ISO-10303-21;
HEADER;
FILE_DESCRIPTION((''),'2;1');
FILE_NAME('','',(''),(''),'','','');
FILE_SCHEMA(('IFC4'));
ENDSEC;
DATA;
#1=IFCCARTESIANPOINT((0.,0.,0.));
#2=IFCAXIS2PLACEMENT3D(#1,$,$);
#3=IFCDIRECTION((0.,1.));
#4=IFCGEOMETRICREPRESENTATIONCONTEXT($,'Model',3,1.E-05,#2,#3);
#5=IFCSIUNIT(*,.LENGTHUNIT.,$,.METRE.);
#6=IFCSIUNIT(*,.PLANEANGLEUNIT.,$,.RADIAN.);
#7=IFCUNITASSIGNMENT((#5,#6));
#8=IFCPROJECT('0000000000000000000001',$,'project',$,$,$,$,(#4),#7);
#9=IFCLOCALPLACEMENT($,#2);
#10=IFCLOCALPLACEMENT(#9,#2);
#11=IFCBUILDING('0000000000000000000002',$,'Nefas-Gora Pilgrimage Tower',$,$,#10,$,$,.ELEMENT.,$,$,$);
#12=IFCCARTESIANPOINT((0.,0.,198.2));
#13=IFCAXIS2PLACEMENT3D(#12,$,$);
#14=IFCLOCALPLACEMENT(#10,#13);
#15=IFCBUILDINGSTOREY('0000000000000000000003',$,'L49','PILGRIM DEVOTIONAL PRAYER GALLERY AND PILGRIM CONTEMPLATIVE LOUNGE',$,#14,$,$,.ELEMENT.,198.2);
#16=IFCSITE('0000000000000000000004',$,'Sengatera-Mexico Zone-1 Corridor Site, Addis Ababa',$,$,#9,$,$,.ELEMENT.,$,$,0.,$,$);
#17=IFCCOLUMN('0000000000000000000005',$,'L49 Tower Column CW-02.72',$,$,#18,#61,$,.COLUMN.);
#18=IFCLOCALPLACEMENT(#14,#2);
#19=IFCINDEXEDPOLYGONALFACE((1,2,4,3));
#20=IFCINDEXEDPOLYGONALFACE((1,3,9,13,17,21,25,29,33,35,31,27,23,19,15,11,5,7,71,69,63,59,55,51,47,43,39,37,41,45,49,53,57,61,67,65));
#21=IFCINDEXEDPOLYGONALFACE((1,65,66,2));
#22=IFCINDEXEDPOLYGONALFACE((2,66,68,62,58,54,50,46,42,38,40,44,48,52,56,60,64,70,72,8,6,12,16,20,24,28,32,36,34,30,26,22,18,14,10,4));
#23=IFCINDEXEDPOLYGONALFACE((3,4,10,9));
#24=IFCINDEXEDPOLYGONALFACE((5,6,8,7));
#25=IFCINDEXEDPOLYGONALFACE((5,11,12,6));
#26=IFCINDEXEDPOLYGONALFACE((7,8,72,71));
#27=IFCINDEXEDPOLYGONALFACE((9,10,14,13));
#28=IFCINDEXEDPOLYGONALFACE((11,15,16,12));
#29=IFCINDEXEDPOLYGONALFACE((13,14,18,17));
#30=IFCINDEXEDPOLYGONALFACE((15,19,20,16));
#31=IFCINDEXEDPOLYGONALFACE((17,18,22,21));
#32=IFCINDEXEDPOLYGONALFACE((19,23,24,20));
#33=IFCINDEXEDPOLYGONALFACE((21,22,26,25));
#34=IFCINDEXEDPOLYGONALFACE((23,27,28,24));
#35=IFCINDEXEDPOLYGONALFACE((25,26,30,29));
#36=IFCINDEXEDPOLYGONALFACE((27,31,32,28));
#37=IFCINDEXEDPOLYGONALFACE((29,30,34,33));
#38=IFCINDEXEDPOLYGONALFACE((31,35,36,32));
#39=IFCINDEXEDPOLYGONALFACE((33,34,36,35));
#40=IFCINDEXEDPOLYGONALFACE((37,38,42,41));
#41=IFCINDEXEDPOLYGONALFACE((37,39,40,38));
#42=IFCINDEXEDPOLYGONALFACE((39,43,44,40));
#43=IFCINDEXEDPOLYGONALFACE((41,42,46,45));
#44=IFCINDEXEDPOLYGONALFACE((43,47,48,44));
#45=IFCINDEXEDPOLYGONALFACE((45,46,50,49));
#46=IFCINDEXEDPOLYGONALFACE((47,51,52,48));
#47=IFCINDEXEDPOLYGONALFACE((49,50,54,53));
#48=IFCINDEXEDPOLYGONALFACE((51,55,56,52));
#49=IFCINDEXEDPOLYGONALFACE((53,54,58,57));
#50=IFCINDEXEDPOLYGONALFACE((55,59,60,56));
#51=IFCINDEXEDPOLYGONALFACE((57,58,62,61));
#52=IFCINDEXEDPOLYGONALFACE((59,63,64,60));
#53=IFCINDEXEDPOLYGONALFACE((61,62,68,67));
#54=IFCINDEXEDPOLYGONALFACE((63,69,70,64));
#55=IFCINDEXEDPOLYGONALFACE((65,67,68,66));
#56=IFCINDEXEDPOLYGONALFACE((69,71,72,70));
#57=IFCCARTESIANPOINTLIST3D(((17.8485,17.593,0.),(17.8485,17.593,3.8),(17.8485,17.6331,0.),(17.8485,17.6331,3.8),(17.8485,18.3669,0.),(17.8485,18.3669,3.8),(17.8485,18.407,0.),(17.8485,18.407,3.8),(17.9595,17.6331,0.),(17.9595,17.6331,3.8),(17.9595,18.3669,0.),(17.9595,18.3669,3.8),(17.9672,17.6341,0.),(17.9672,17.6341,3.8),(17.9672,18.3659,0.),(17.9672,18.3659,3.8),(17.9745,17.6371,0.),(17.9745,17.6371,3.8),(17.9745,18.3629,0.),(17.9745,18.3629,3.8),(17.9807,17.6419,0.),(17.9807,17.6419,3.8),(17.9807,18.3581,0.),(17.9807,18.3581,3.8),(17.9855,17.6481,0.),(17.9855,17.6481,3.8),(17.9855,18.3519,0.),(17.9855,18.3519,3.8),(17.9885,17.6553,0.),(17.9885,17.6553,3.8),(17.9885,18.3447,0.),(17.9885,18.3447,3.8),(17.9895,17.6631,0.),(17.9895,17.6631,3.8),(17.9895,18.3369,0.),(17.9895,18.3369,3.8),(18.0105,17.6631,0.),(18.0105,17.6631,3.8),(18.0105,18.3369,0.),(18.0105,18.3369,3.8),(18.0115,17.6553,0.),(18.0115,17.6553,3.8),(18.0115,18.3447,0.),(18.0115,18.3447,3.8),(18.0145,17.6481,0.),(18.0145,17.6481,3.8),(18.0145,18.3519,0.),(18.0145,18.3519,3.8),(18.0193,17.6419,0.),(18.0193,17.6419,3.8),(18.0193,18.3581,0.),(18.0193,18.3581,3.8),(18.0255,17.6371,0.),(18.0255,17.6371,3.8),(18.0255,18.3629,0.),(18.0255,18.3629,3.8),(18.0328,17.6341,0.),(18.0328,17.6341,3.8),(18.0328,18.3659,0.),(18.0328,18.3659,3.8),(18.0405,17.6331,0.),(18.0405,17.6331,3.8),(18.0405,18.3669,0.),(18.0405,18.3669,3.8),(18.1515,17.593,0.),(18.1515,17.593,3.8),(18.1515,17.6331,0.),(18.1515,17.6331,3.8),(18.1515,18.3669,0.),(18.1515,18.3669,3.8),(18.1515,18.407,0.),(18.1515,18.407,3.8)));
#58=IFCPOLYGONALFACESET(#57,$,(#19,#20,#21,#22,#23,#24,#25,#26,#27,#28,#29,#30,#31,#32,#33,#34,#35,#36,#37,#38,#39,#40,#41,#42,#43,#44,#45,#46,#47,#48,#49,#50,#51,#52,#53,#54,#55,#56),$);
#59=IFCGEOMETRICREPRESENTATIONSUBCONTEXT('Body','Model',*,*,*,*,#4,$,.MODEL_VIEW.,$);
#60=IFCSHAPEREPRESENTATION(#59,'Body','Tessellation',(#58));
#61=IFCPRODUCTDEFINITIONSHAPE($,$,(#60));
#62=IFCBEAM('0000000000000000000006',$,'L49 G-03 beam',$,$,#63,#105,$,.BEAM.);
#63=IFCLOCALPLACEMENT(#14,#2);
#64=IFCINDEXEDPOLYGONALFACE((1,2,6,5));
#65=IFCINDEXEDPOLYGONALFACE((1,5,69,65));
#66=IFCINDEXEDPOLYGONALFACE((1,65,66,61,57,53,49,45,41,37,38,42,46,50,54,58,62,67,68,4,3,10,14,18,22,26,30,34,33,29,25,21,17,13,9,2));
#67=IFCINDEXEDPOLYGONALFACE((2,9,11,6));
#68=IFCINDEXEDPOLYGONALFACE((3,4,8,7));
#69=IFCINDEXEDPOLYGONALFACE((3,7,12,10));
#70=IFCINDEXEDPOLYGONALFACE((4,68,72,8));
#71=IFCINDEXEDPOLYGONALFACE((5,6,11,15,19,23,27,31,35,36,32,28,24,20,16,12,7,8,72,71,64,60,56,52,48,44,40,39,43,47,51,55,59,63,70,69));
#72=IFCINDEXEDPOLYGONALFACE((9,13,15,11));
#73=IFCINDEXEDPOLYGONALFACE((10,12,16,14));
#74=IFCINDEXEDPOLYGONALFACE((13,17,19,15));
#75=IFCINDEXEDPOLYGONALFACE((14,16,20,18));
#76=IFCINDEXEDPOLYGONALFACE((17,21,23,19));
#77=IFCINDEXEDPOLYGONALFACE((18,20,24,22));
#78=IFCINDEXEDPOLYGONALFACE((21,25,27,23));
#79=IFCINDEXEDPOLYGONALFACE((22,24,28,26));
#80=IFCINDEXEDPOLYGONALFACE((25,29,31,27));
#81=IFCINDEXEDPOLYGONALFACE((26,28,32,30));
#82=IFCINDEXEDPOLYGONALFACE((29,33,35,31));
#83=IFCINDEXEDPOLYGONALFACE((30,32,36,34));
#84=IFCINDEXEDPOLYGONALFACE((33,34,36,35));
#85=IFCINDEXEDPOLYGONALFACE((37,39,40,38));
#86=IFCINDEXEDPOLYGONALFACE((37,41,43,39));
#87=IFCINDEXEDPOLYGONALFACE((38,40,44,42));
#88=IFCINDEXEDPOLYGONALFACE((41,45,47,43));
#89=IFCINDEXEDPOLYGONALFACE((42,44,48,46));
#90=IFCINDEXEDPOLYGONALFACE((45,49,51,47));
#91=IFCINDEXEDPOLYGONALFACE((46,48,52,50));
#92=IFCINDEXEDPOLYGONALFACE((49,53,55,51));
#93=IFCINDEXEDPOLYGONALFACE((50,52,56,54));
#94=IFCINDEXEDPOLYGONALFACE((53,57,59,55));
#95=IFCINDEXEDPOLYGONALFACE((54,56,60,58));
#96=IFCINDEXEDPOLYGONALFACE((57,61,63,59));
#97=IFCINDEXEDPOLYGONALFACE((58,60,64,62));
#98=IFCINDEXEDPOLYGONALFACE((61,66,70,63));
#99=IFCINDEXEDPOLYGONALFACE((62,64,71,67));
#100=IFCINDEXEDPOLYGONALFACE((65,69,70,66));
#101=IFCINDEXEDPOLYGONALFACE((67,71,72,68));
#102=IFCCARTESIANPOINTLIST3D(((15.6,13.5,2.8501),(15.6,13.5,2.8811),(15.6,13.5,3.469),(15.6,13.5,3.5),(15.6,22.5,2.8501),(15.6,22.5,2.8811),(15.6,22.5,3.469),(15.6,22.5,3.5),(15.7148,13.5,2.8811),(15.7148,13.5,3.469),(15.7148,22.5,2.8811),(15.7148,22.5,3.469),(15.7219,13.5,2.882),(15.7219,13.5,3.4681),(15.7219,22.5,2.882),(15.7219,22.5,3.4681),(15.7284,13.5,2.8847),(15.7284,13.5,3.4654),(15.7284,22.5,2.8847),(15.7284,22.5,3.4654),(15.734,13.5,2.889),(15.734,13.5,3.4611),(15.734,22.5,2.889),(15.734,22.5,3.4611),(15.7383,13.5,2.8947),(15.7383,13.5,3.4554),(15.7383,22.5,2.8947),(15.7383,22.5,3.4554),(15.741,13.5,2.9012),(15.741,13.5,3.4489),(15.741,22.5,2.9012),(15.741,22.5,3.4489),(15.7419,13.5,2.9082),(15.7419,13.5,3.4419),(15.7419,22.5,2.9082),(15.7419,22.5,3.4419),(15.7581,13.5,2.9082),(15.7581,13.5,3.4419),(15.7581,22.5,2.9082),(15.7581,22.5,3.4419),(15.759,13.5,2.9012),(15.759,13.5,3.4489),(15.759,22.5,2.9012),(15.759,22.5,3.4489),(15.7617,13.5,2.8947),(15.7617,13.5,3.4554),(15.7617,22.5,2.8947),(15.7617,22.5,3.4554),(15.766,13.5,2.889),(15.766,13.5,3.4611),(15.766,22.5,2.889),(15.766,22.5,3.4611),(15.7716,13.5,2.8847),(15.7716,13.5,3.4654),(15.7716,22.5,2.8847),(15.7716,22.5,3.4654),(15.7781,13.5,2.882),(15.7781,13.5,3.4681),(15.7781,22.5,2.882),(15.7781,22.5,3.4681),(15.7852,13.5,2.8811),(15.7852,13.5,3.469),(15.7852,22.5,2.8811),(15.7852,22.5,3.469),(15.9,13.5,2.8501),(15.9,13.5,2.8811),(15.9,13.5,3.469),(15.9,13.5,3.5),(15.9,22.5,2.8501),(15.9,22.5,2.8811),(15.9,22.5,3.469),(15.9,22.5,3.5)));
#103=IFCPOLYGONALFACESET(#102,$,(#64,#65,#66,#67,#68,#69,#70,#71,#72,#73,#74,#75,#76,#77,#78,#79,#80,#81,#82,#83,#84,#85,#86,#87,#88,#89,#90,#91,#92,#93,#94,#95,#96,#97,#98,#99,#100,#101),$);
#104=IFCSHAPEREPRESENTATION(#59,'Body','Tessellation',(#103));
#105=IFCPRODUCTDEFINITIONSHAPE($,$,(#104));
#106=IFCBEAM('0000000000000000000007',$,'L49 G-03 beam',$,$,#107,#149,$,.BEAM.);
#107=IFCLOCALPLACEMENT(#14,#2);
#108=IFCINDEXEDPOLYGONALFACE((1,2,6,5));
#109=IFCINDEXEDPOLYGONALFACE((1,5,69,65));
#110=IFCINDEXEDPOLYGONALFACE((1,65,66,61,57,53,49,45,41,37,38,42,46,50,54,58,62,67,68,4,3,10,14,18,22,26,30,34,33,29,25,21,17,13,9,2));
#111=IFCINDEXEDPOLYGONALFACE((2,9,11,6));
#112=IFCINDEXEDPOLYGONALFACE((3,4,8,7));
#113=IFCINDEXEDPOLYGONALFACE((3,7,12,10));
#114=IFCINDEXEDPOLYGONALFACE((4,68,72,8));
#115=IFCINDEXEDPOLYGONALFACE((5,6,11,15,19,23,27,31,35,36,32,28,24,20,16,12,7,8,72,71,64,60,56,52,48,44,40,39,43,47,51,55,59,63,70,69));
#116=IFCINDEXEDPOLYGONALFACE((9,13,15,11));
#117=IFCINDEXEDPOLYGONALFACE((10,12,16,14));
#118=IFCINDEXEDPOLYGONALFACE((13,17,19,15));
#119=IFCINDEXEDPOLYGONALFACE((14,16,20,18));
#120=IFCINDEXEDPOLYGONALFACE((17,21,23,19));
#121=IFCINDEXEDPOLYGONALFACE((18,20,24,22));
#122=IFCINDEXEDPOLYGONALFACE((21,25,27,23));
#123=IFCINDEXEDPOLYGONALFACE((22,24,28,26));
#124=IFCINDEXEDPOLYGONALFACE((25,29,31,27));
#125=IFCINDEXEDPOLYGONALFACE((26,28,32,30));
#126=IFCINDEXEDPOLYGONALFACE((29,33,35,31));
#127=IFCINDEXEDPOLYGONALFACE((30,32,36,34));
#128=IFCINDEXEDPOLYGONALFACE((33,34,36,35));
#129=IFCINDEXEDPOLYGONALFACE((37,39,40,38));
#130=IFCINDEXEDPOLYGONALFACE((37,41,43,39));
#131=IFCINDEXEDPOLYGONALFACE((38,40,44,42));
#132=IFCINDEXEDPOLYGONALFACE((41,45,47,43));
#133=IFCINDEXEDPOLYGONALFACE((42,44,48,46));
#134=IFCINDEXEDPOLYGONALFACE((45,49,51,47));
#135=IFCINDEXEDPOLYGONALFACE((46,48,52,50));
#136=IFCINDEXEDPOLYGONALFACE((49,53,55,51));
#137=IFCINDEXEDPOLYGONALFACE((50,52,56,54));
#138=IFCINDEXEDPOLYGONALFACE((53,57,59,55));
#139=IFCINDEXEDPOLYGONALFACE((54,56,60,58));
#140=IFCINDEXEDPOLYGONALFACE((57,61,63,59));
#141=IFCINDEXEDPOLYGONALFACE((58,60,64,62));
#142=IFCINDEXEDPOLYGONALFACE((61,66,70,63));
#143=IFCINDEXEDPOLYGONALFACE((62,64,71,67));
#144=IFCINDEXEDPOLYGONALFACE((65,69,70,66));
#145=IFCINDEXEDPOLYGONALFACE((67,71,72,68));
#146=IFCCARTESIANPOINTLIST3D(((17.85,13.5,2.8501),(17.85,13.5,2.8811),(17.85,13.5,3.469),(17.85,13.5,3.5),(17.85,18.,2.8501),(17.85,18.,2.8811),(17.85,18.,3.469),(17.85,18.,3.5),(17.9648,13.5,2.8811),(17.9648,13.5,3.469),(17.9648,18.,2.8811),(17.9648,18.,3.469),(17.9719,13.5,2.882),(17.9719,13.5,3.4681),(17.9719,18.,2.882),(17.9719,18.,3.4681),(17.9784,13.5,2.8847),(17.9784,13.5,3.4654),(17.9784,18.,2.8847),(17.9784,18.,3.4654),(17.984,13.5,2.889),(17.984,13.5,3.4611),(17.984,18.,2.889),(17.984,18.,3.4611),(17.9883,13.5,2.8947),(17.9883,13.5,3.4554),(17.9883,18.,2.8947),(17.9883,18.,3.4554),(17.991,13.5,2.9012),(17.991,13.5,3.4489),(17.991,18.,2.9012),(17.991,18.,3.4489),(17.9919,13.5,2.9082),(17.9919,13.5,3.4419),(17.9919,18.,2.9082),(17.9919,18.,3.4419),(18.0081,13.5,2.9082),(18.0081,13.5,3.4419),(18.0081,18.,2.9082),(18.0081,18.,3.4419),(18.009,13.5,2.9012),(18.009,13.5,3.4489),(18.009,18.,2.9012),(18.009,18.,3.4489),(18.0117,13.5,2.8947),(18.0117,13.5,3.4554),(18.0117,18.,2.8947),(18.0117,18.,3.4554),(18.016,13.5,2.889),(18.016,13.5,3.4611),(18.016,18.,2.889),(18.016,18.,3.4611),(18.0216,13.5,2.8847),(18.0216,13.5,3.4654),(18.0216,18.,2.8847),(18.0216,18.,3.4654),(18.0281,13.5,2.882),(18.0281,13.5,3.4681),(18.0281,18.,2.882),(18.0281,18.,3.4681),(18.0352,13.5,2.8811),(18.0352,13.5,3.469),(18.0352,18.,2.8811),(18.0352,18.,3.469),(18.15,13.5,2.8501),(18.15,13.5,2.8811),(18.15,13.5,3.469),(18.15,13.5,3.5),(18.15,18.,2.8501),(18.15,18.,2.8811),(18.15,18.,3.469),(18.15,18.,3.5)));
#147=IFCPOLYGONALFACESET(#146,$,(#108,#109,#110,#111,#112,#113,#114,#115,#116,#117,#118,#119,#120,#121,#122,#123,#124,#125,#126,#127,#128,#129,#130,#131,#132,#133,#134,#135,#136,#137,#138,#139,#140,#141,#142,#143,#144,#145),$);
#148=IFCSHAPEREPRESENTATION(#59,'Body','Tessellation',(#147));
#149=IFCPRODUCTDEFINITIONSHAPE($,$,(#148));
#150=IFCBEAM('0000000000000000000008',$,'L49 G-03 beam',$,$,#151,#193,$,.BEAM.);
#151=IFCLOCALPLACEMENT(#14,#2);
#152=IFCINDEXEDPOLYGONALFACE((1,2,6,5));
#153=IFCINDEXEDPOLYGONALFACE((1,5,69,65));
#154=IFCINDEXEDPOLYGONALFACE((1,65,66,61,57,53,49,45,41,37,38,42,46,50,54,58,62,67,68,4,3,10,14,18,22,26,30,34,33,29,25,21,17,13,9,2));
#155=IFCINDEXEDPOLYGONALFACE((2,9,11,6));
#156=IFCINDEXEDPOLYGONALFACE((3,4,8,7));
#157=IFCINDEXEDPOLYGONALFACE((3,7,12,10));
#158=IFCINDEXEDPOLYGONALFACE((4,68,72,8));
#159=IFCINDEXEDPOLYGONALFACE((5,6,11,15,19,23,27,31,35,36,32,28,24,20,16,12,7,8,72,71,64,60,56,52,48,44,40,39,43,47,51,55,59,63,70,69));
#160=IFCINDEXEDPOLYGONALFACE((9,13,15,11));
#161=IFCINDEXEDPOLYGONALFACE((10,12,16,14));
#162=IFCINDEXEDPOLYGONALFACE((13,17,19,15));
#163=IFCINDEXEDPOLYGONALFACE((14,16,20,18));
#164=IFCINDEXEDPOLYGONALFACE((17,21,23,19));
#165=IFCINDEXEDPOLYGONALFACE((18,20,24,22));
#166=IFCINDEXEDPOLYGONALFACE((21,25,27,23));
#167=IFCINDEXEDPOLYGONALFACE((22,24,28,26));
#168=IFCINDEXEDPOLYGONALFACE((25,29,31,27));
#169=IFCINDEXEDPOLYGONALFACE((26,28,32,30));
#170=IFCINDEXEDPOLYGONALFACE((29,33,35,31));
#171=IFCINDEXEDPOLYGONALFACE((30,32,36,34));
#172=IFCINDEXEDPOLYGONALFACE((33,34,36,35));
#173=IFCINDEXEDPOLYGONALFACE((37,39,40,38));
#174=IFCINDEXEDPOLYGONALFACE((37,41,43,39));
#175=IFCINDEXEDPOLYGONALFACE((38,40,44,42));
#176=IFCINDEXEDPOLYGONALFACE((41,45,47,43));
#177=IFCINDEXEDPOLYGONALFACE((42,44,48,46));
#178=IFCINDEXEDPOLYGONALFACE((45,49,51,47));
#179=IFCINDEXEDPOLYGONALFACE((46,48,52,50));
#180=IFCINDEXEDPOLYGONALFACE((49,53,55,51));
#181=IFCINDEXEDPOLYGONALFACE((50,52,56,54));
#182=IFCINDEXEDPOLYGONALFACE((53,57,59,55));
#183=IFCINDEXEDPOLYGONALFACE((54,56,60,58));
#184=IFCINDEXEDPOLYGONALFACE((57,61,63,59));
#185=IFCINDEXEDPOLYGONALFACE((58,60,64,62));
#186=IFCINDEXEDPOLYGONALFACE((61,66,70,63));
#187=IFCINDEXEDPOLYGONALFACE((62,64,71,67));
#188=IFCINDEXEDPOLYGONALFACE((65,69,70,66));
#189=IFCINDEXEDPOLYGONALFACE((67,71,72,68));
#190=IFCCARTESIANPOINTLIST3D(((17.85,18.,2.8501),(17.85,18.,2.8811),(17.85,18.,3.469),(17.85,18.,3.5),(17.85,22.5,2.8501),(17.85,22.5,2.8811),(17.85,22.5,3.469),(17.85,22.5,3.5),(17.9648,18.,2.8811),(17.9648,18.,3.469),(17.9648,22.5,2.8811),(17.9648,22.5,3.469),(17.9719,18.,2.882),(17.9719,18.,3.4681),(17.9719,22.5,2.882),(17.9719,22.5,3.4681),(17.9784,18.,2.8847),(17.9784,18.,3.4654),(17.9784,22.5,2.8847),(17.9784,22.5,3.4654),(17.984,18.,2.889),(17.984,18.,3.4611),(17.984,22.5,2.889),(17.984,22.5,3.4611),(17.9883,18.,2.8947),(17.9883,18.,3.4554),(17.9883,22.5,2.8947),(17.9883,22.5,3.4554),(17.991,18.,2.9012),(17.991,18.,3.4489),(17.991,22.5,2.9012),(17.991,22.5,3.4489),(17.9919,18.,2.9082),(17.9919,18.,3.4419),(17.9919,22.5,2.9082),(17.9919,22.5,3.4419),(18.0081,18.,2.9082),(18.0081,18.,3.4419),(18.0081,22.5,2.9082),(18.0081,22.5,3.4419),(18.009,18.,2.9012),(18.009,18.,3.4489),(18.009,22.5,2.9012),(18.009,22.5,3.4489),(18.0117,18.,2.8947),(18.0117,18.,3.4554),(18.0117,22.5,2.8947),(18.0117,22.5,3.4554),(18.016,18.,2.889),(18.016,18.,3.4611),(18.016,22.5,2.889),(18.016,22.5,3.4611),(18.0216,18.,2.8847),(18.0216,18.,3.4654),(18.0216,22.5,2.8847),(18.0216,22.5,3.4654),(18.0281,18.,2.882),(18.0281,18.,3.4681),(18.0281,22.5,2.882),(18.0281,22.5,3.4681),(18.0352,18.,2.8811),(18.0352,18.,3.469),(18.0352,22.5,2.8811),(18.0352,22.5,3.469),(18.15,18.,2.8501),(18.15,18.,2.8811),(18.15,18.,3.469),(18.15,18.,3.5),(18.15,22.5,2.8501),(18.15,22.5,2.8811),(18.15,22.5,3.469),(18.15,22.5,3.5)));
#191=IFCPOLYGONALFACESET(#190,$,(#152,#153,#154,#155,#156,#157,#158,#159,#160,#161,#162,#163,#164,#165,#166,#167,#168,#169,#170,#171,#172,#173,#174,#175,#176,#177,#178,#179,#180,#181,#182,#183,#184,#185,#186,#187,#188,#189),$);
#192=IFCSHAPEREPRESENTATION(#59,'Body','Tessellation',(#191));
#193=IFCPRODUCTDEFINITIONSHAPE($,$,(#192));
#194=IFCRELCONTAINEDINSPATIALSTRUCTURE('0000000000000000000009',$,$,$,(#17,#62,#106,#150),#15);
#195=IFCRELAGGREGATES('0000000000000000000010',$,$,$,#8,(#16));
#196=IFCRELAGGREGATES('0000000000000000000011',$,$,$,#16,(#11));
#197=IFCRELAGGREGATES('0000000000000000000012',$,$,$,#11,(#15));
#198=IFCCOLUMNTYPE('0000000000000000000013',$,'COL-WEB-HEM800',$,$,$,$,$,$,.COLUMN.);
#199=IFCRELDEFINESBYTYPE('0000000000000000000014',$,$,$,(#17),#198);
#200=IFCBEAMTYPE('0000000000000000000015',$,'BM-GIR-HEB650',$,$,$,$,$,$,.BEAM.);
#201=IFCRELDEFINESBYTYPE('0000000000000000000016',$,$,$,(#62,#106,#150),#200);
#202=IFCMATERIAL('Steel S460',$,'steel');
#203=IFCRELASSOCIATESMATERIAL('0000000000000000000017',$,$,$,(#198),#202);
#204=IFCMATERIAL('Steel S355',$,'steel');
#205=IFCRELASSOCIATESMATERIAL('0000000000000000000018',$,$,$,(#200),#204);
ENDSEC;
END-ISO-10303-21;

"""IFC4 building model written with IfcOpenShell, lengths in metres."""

from ifc_helpers import new_model, si_unit, direction, frame, origin, origin_2d, place, context, subcontext, project, spatial, i_section, extrude, source, transform, mapped, material, material_profile, profile_set, type_object, element, save


model = new_model("IFC4")

# Units and contexts
model_context = context("Model", 3, precision=1e-05, world=origin(), true_north=direction((0.0, 1.0)))
body_context = subcontext(model_context, "Body", "Model", "MODEL_VIEW")
ifc_project = project(units=[si_unit("LENGTHUNIT", "METRE"), si_unit("PLANEANGLEUNIT", "RADIAN")], contexts=[model_context])

# Site, building, storey
site_placement = place(None, origin())
site = spatial("IfcSite", under=ifc_project, at=site_placement, Name="Sengatera-Mexico Zone-1 Corridor Site, Addis Ababa", CompositionType="ELEMENT", RefElevation=0.0)
building_placement = place(site_placement, origin())
building = spatial("IfcBuilding", under=site, at=building_placement, Name="Nefas-Gora Pilgrimage Tower", CompositionType="ELEMENT")
storey_placement = place(building_placement, frame((0.0, 0.0, 198.2)))
storey = spatial("IfcBuildingStorey", under=building, at=storey_placement, Name="L49", Description="PILGRIM DEVOTIONAL PRAYER GALLERY AND PILGRIM CONTEMPLATIVE LOUNGE", CompositionType="ELEMENT", Elevation=198.2)

# Column
ifc_material_1 = material(Name="Steel S460", Category="steel")
ifc_material_profile_1 = material_profile(ifc_material_1, i_section(OverallWidth=0.303, OverallDepth=0.814, WebThickness=0.021, FlangeThickness=0.04, FilletRadius=0.03, at=origin_2d()), Name="HEM 800")
ifc_profile_set_1 = profile_set([ifc_material_profile_1], Name="Steel S460")
column_type_1 = type_object("IfcColumnType", Name="COL-WEB-HEM800", PredefinedType="COLUMN", material=ifc_profile_set_1)
shared_shape_1 = source(origin(), body_context, "Body", "SweptSolid", [
    extrude(i_section(OverallWidth=0.303, OverallDepth=0.814, WebThickness=0.021, FlangeThickness=0.04, FilletRadius=0.03, at=origin_2d()), origin(), (0.0, 0.0, 1.0), 3.8),
])
for number, where, z_axis, x_axis, name in (
    (1, (18.0, 18.0, 0.0), (0.0, 0.0, 1.0), (1.0, 0.0, 0.0), "L49 Tower Column CW-02.72"),
):
    element("IfcColumn", number, at=place(storey_placement, frame(where, z_axis=z_axis, x_axis=x_axis)), inside=storey, type_object=column_type_1, Name=name, PredefinedType="COLUMN", context=body_context, shape_type="MappedRepresentation", body=[
        mapped(shared_shape_1, transform((0.0, 0.0, 0.0), x_axis=(1.0, 0.0, 0.0), y_axis=(0.0, 1.0, 0.0), z_axis=(0.0, 0.0, 1.0), scale=1.0)),
    ])

# Beams
ifc_material_2 = material(Name="Steel S355", Category="steel")
ifc_material_profile_2 = material_profile(ifc_material_2, i_section(OverallWidth=0.3, OverallDepth=0.6499, WebThickness=0.0161, FlangeThickness=0.031, FilletRadius=0.0271, at=origin_2d()), Name="HEB 650")
ifc_profile_set_2 = profile_set([ifc_material_profile_2], Name="Steel S355")
beam_type_1 = type_object("IfcBeamType", Name="BM-GIR-HEB650", PredefinedType="BEAM", material=ifc_profile_set_2)
shared_shape_2 = source(origin(), body_context, "Body", "SweptSolid", [
    extrude(i_section(OverallWidth=0.3, OverallDepth=0.6499, WebThickness=0.0161, FlangeThickness=0.031, FilletRadius=0.0271, at=origin_2d()), origin(), (0.0, 0.0, 1.0), 9.0),
])
beam_1_placement = place(storey_placement, frame((15.75, 13.5, 3.175), z_axis=(0.0, 1.0, 0.0), x_axis=(-1.0, 0.0, 0.0)))
element("IfcBeam", 2, at=beam_1_placement, inside=storey, type_object=beam_type_1, Name="L49 G-03 beam", PredefinedType="BEAM", context=body_context, shape_type="MappedRepresentation", body=[
    mapped(shared_shape_2, transform((0.0, 0.0, 0.0), x_axis=(1.0, 0.0, 0.0), y_axis=(0.0, 1.0, 0.0), z_axis=(0.0, 0.0, 1.0), scale=1.0)),
])
shared_shape_3 = source(origin(), body_context, "Body", "SweptSolid", [
    extrude(i_section(OverallWidth=0.3, OverallDepth=0.6499, WebThickness=0.0161, FlangeThickness=0.031, FilletRadius=0.0271, at=origin_2d()), origin(), (0.0, 0.0, 1.0), 4.5),
])
for number, where, z_axis, x_axis, name in (
    (3, (18.0, 13.5, 3.175), (0.0, 1.0, 0.0), (-1.0, 0.0, 0.0), "L49 G-03 beam"),
    (4, (18.0, 18.0, 3.175), (0.0, 1.0, 0.0), (-1.0, 0.0, 0.0), "L49 G-03 beam"),
):
    element("IfcBeam", number, at=place(storey_placement, frame(where, z_axis=z_axis, x_axis=x_axis)), inside=storey, type_object=beam_type_1, Name=name, PredefinedType="BEAM", context=body_context, shape_type="MappedRepresentation", body=[
        mapped(shared_shape_3, transform((0.0, 0.0, 0.0), x_axis=(1.0, 0.0, 0.0), y_axis=(0.0, 1.0, 0.0), z_axis=(0.0, 0.0, 1.0), scale=1.0)),
    ])

save(model, "model.ifc")
